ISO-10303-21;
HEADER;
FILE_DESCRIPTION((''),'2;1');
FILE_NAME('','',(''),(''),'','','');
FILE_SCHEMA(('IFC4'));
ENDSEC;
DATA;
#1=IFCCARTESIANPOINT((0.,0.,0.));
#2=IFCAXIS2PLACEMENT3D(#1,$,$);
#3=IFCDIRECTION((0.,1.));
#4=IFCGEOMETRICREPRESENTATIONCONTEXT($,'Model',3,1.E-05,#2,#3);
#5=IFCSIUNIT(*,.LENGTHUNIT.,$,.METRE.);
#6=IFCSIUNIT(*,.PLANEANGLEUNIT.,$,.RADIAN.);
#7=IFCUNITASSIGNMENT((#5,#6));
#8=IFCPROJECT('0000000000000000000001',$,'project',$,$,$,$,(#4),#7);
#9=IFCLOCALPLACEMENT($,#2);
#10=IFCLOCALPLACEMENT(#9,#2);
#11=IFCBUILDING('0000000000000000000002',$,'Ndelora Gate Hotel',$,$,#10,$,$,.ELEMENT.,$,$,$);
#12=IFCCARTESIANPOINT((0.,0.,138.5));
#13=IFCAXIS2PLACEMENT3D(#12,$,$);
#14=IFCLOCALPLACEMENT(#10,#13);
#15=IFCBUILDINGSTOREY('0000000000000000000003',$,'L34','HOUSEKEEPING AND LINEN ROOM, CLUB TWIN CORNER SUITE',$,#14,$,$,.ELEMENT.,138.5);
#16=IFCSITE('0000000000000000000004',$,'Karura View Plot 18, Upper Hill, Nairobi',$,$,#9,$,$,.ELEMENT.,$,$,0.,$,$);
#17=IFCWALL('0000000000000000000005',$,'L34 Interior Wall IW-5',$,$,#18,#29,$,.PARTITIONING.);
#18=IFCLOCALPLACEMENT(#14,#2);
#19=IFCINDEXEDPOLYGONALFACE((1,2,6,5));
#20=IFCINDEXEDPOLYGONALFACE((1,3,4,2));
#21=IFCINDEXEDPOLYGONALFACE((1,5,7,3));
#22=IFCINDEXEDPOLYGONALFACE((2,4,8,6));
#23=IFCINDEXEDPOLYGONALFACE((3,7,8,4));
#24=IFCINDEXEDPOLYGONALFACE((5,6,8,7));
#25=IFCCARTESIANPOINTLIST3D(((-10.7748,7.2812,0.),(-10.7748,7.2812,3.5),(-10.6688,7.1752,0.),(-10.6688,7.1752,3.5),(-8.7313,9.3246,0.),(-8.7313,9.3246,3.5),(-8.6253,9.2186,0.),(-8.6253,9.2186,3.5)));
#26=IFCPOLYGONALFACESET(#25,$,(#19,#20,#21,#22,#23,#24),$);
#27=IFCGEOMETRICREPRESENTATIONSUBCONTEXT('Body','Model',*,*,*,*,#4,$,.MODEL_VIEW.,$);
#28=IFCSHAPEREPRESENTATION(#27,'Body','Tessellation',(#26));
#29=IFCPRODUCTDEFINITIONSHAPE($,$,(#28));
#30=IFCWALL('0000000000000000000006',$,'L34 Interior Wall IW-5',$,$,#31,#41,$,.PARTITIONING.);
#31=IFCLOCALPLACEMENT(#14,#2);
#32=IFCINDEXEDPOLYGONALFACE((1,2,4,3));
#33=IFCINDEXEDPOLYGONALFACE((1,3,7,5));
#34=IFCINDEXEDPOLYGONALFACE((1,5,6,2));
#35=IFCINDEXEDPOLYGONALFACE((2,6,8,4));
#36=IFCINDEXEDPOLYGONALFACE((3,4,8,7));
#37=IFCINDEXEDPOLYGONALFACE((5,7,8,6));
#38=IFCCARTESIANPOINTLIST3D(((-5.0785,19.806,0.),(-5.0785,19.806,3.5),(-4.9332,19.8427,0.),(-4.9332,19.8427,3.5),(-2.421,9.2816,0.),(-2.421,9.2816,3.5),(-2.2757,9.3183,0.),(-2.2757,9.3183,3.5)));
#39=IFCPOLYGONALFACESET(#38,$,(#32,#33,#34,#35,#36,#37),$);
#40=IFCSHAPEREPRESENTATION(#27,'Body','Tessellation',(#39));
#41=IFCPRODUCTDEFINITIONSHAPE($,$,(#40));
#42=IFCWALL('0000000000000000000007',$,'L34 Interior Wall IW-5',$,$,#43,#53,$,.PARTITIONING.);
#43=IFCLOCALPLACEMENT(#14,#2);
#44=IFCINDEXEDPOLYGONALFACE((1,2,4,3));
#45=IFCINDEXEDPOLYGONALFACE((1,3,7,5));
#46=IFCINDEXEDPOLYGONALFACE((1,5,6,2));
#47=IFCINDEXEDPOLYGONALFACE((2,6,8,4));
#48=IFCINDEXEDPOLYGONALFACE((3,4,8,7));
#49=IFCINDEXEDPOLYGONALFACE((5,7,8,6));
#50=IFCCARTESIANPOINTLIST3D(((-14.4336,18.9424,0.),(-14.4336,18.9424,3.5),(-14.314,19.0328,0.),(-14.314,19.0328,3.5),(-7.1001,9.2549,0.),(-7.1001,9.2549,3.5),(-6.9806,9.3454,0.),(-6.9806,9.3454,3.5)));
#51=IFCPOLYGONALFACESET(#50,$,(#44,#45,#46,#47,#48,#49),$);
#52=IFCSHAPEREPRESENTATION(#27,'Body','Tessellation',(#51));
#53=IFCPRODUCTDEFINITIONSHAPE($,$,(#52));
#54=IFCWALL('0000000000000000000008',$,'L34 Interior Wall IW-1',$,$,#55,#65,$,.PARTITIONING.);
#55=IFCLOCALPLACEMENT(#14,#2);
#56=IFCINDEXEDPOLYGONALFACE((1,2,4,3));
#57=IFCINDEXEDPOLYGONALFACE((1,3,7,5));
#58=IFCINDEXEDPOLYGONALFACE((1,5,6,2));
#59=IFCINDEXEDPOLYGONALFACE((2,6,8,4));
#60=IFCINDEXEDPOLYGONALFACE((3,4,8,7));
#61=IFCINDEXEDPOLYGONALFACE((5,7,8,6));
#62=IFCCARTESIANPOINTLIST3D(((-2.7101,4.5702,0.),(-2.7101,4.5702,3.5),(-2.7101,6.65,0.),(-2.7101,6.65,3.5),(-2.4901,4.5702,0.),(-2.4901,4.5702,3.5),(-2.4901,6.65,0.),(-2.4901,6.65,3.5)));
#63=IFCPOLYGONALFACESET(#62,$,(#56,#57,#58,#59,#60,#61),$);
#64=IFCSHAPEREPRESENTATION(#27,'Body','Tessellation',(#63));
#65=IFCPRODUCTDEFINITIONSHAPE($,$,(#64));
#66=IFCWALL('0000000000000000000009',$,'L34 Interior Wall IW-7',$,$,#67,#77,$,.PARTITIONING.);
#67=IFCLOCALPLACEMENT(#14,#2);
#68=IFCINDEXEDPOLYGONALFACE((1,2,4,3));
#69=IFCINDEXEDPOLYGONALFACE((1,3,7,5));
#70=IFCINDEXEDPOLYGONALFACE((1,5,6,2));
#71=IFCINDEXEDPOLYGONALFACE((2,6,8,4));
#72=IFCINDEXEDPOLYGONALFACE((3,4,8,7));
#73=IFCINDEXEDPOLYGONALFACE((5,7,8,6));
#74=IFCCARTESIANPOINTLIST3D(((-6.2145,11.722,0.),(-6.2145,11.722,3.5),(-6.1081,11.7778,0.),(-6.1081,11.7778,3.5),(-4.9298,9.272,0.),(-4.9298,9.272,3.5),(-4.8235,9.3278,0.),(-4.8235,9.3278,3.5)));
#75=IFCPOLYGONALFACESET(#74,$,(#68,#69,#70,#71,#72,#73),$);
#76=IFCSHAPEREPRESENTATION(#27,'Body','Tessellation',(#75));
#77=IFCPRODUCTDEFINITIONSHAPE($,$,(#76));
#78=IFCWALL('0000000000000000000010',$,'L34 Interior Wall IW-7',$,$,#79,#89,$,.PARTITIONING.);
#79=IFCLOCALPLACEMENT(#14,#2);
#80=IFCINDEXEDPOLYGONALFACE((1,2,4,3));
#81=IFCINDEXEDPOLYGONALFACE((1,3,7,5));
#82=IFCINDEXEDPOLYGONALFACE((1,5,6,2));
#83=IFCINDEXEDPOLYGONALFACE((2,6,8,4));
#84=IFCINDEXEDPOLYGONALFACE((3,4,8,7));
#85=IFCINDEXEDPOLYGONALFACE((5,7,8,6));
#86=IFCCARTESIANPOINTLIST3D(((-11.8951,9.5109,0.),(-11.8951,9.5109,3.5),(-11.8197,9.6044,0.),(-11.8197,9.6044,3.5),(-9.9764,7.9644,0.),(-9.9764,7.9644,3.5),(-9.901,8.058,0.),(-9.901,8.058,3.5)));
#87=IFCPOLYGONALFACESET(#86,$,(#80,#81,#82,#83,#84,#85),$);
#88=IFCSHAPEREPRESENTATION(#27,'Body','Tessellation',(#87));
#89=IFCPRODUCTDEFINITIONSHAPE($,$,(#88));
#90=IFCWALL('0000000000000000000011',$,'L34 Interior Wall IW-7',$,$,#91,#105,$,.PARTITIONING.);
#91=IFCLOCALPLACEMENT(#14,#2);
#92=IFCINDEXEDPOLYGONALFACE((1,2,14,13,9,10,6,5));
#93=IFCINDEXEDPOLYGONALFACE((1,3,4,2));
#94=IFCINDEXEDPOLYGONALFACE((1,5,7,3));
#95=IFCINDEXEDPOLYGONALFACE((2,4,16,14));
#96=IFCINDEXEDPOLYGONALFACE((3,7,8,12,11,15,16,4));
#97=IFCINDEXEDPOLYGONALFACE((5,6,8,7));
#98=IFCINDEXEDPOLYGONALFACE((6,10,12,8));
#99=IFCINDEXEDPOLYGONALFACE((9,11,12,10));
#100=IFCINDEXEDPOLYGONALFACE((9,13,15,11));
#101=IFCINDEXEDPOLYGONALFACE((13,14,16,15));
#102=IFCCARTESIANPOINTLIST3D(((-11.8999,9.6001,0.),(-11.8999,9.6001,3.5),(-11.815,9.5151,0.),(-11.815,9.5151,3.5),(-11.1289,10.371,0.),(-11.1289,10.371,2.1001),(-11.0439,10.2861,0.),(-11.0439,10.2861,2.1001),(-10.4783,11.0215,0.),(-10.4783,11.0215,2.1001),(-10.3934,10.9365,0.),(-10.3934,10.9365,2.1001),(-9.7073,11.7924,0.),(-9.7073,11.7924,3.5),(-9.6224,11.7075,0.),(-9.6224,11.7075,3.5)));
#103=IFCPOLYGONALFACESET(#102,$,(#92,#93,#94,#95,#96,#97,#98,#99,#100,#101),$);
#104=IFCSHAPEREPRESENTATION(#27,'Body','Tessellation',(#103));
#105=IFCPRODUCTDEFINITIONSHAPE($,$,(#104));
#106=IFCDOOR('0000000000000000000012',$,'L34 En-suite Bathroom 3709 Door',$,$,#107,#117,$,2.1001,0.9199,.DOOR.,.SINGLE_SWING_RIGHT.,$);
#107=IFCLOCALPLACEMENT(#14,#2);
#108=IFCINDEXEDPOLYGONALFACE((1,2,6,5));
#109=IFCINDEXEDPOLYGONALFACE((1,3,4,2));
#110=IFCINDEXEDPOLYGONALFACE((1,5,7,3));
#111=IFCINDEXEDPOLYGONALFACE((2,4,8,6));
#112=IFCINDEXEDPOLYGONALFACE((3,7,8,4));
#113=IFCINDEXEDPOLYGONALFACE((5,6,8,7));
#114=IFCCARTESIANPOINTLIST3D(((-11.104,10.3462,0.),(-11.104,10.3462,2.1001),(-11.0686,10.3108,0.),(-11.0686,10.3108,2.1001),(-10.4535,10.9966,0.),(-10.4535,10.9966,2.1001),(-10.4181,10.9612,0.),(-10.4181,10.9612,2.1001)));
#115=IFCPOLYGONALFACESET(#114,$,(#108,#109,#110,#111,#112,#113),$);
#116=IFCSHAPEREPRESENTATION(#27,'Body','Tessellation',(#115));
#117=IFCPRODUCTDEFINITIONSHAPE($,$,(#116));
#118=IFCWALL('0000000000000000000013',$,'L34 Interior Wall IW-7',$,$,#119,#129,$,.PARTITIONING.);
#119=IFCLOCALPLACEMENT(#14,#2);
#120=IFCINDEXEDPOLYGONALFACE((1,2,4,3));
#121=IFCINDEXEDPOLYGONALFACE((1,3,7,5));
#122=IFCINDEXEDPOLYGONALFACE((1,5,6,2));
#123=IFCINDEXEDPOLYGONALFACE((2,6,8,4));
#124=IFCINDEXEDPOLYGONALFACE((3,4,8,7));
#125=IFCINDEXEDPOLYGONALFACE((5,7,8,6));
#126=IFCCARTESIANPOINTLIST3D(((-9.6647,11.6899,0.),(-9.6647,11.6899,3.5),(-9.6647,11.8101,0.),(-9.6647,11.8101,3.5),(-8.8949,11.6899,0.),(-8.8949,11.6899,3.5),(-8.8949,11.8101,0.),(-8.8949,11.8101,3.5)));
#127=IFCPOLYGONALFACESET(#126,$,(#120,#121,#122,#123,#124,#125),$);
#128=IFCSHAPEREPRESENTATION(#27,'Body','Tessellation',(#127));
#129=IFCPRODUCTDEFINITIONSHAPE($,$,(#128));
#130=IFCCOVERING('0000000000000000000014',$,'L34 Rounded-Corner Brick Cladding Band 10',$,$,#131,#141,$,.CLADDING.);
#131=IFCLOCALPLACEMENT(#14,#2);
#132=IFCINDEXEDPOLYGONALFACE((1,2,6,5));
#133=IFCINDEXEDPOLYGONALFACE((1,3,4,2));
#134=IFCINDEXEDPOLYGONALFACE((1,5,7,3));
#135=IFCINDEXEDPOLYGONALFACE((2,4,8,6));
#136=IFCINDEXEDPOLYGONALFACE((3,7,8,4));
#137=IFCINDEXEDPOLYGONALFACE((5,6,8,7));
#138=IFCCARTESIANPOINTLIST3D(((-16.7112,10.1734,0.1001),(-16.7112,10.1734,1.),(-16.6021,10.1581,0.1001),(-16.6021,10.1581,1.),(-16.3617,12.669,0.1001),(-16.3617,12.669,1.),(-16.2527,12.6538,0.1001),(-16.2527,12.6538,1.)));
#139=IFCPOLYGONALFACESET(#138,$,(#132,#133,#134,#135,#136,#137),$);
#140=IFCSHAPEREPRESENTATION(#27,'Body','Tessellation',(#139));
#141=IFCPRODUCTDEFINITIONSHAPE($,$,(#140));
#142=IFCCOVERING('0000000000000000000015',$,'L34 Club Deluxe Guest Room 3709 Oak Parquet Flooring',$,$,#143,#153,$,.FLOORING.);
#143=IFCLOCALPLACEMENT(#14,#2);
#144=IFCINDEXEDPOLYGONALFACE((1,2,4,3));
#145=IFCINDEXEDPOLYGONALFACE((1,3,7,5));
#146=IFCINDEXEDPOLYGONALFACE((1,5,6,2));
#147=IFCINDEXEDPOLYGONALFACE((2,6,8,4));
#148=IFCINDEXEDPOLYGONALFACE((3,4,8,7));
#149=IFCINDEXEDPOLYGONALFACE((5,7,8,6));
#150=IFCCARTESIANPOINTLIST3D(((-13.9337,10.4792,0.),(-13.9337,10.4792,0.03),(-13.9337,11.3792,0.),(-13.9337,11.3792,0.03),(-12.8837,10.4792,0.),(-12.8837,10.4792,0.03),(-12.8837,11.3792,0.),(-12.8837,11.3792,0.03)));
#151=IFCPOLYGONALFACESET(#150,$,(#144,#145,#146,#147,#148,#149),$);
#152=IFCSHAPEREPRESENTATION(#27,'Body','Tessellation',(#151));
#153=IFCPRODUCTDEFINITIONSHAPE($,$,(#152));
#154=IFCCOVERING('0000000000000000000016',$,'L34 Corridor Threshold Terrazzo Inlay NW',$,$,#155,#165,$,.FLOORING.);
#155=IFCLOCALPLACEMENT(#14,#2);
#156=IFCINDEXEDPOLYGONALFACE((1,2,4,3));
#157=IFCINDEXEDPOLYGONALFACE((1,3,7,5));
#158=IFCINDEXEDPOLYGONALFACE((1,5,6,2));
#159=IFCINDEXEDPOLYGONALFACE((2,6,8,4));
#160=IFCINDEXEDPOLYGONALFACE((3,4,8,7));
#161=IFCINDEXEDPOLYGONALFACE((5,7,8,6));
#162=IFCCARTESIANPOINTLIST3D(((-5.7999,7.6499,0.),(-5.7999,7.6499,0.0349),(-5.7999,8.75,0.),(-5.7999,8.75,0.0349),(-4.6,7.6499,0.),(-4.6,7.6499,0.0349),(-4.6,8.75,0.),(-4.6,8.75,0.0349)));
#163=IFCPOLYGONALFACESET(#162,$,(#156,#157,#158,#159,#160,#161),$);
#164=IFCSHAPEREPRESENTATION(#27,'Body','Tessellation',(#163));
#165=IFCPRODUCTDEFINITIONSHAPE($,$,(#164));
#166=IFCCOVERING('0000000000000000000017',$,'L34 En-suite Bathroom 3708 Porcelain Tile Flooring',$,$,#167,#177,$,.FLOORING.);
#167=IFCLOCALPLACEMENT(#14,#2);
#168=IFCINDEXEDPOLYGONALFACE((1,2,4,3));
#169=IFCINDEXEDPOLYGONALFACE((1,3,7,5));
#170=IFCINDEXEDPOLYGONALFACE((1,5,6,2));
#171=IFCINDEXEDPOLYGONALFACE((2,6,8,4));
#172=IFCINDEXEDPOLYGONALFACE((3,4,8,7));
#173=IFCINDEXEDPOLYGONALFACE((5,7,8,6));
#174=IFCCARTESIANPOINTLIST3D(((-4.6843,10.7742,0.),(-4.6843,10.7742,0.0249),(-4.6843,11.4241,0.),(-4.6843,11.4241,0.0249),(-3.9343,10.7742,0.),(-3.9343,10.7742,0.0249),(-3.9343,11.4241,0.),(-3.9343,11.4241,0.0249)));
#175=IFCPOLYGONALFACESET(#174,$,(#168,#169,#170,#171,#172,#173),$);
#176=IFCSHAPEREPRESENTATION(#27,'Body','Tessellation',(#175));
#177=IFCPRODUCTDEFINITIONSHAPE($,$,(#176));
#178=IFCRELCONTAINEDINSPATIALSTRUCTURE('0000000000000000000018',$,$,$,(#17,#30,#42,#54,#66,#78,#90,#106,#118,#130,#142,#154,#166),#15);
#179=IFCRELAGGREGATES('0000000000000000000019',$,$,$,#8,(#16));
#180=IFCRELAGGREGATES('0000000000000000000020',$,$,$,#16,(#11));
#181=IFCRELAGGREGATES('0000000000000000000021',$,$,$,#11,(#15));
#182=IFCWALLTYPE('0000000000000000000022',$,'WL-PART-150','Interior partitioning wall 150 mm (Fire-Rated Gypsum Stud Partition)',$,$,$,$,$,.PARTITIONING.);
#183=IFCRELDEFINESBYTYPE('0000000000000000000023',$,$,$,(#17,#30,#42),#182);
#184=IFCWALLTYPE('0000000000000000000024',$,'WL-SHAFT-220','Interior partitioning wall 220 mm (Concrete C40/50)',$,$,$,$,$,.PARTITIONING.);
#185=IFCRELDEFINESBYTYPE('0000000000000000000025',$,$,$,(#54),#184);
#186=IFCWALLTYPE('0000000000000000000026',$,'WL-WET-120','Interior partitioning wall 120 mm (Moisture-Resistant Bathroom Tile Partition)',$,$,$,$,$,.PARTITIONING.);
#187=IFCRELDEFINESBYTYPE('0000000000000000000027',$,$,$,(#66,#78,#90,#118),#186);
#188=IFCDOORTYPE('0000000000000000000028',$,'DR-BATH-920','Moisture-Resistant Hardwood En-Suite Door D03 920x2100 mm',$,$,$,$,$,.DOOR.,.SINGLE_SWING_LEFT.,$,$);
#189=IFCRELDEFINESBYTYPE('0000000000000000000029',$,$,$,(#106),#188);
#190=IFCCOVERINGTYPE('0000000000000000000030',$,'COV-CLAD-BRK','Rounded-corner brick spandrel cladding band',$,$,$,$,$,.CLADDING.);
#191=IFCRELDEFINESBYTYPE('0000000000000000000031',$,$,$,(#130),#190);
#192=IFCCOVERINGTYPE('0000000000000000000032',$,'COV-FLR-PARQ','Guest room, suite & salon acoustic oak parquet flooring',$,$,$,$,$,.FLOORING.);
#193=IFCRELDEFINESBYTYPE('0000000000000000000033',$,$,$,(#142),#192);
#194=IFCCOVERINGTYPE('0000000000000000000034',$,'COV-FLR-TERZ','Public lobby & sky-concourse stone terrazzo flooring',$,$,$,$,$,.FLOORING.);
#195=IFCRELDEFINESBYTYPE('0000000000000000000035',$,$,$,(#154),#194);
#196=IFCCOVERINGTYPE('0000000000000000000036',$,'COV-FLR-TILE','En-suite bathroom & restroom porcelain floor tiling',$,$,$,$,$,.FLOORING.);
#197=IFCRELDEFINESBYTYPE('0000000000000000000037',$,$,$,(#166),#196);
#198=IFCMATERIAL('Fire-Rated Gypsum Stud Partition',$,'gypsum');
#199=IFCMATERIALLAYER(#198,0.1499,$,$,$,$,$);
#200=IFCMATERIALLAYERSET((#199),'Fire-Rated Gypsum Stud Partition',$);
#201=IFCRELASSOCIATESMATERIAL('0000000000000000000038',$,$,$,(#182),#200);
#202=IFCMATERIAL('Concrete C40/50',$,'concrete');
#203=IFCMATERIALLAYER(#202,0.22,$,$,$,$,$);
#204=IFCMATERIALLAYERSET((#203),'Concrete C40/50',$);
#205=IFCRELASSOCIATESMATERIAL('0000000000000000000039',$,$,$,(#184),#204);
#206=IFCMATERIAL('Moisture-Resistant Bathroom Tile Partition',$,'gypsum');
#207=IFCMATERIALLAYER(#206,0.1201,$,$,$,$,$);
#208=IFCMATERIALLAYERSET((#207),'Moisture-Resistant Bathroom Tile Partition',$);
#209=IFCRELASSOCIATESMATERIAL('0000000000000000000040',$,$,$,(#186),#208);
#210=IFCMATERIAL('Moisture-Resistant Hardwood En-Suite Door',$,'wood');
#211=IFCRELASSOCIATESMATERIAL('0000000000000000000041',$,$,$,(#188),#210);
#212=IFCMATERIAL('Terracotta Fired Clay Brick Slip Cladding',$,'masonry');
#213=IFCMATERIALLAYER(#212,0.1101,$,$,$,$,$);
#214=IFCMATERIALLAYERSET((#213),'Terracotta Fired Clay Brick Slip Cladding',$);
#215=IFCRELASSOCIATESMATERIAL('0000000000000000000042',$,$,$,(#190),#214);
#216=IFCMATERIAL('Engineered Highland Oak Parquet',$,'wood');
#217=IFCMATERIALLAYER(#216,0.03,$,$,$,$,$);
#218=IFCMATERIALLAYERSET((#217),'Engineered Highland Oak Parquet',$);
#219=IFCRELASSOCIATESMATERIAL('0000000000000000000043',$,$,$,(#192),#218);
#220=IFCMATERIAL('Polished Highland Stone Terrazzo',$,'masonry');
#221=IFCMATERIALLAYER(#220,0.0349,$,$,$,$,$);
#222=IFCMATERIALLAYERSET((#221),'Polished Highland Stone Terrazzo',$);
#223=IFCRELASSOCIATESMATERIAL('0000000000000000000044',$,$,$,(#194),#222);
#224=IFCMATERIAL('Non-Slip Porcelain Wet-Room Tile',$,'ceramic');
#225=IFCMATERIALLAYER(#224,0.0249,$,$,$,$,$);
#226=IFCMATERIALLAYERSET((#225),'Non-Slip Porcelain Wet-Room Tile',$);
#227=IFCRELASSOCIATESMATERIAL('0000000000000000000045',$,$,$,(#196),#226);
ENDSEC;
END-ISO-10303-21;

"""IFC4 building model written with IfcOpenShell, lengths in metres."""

from ifc_helpers import new_model, si_unit, direction, frame, frame_2d, origin, origin_2d, place, context, subcontext, project, spatial, rectangle, extrude, material, layer, layer_set, type_object, element, fill, save


model = new_model("IFC4")

# Units and contexts
model_context = context("Model", 3, precision=1e-05, world=origin(), true_north=direction((0.0, 1.0)))
body_context = subcontext(model_context, "Body", "Model", "MODEL_VIEW")
ifc_project = project(units=[si_unit("LENGTHUNIT", "METRE"), si_unit("PLANEANGLEUNIT", "RADIAN")], contexts=[model_context])

# Site, building, storey
site_placement = place(None, origin())
site = spatial("IfcSite", under=ifc_project, at=site_placement, Name="Karura View Plot 18, Upper Hill, Nairobi", CompositionType="ELEMENT", RefElevation=0.0)
building_placement = place(site_placement, origin())
building = spatial("IfcBuilding", under=site, at=building_placement, Name="Ndelora Gate Hotel", CompositionType="ELEMENT")
storey_placement = place(building_placement, frame((0.0, 0.0, 138.5)))
storey = spatial("IfcBuildingStorey", under=building, at=storey_placement, Name="L34", Description="HOUSEKEEPING AND LINEN ROOM, CLUB TWIN CORNER SUITE", CompositionType="ELEMENT", Elevation=138.5)

# Shared definitions
ifc_material_1 = material(Name="Fire-Rated Gypsum Stud Partition", Category="gypsum")
ifc_layer_1 = layer(ifc_material_1, 0.1499)
ifc_layer_set_1 = layer_set([ifc_layer_1], Name="Fire-Rated Gypsum Stud Partition")
wall_type_1 = type_object("IfcWallType", Name="WL-PART-150", Description="Interior partitioning wall 150 mm (Fire-Rated Gypsum Stud Partition)", PredefinedType="PARTITIONING", material=ifc_layer_set_1)

# Walls
wall_1_placement = place(storey_placement, frame((-10.7217, 7.2283, 0.0), z_axis=(0.0, 0.0, 1.0), x_axis=(0.707107, 0.707107, 0.0)))
element("IfcWall", 1, at=wall_1_placement, inside=storey, type_object=wall_type_1, Name="L34 Interior Wall IW-5", PredefinedType="PARTITIONING", context=body_context, shape_type="SweptSolid", body=[
    extrude(rectangle(XDim=2.8899, YDim=0.1499, at=frame_2d((1.4448, 0.0))), origin(), (0.0, 0.0, 1.0), 3.5),
])
wall_2_placement = place(storey_placement, frame((-2.3484, 9.3, 0.0), z_axis=(0.0, 0.0, 1.0), x_axis=(-0.244821, 0.969568, 0.0)))
element("IfcWall", 2, at=wall_2_placement, inside=storey, type_object=wall_type_1, Name="L34 Interior Wall IW-5", PredefinedType="PARTITIONING", context=body_context, shape_type="SweptSolid", body=[
    extrude(rectangle(XDim=10.8547, YDim=0.1499, at=frame_2d((5.4272, 0.0))), origin(), (0.0, 0.0, 1.0), 3.5),
])
wall_3_placement = place(storey_placement, frame((-7.0403, 9.3, 0.0), z_axis=(0.0, 0.0, 1.0), x_axis=(-0.603569, 0.797311, 0.0)))
element("IfcWall", 3, at=wall_3_placement, inside=storey, type_object=wall_type_1, Name="L34 Interior Wall IW-5", PredefinedType="PARTITIONING", context=body_context, shape_type="SweptSolid", body=[
    extrude(rectangle(XDim=12.1501, YDim=0.1499, at=frame_2d((6.0752, 0.0))), origin(), (0.0, 0.0, 1.0), 3.5),
])
ifc_material_2 = material(Name="Concrete C40/50", Category="concrete")
ifc_layer_2 = layer(ifc_material_2, 0.22)
ifc_layer_set_2 = layer_set([ifc_layer_2], Name="Concrete C40/50")
wall_type_2 = type_object("IfcWallType", Name="WL-SHAFT-220", Description="Interior partitioning wall 220 mm (Concrete C40/50)", PredefinedType="PARTITIONING", material=ifc_layer_set_2)
wall_4_placement = place(storey_placement, frame((-2.6001, 4.5701, 0.0), z_axis=(0.0, 0.0, 1.0), x_axis=(0.0, 1.0, 0.0)))
element("IfcWall", 4, at=wall_4_placement, inside=storey, type_object=wall_type_2, Name="L34 Interior Wall IW-1", PredefinedType="PARTITIONING", context=body_context, shape_type="SweptSolid", body=[
    extrude(rectangle(XDim=2.0798, YDim=0.22, at=frame_2d((1.04, 0.0))), origin(), (0.0, 0.0, 1.0), 3.5),
])
ifc_material_3 = material(Name="Moisture-Resistant Bathroom Tile Partition", Category="gypsum")
ifc_layer_3 = layer(ifc_material_3, 0.1201)
ifc_layer_set_3 = layer_set([ifc_layer_3], Name="Moisture-Resistant Bathroom Tile Partition")
wall_type_3 = type_object("IfcWallType", Name="WL-WET-120", Description="Interior partitioning wall 120 mm (Moisture-Resistant Bathroom Tile Partition)", PredefinedType="PARTITIONING", material=ifc_layer_set_3)
wall_5_placement = place(storey_placement, frame((-6.1614, 11.75, 0.0), z_axis=(0.0, 0.0, 1.0), x_axis=(0.464393, -0.885629, 0.0)))
element("IfcWall", 5, at=wall_5_placement, inside=storey, type_object=wall_type_3, Name="L34 Interior Wall IW-7", PredefinedType="PARTITIONING", context=body_context, shape_type="SweptSolid", body=[
    extrude(rectangle(XDim=2.7664, YDim=0.1201, at=frame_2d((1.3833, 0.0))), origin(), (0.0, 0.0, 1.0), 3.5),
])
wall_6_placement = place(storey_placement, frame((-11.8574, 9.5576, 0.0), z_axis=(0.0, 0.0, 1.0), x_axis=(0.778602, -0.627518, 0.0)))
element("IfcWall", 6, at=wall_6_placement, inside=storey, type_object=wall_type_3, Name="L34 Interior Wall IW-7", PredefinedType="PARTITIONING", context=body_context, shape_type="SweptSolid", body=[
    extrude(rectangle(XDim=2.4644, YDim=0.1201, at=frame_2d((1.2322, 0.0))), origin(), (0.0, 0.0, 1.0), 3.5),
])

# Wall, opening, door
wall_7_placement = place(storey_placement, frame((-11.8574, 9.5576, 0.0), z_axis=(0.0, 0.0, 1.0), x_axis=(0.707146, 0.707067, 0.0)))
wall_7 = element("IfcWall", 7, at=wall_7_placement, inside=storey, type_object=wall_type_3, Name="L34 Interior Wall IW-7", PredefinedType="PARTITIONING", context=body_context, shape_type="SweptSolid", body=[
    extrude(rectangle(XDim=3.1006, YDim=0.1201, at=frame_2d((1.5503, 0.0))), origin(), (0.0, 0.0, 1.0), 3.5),
])
opening_1_placement = place(wall_7_placement, frame((1.0903, 0.0, 0.0)))
opening_1 = element("IfcOpeningElement", 8, at=opening_1_placement, cuts=wall_7, PredefinedType="OPENING", context=body_context, shape_type="SweptSolid", body=[
    extrude(rectangle(XDim=0.9199, YDim=2.1001, at=frame_2d((0.46, 1.05))), frame((0.0, 0.0701, 0.0), z_axis=(0.0, -1.0, 0.0), x_axis=(1.0, 0.0, 0.0)), (0.0, 0.0, 1.0), 0.1401),
])
ifc_material_4 = material(Name="Moisture-Resistant Hardwood En-Suite Door", Category="wood")
door_type_1 = type_object("IfcDoorType", Name="DR-BATH-920", Description="Moisture-Resistant Hardwood En-Suite Door D03 920x2100 mm", OperationType="SINGLE_SWING_LEFT", PredefinedType="DOOR", material=ifc_material_4)
door_1_placement = place(opening_1_placement, origin())
door_1 = element("IfcDoor", 9, at=door_1_placement, inside=storey, type_object=door_type_1, Name="L34 En-suite Bathroom 3709 Door", OperationType="SINGLE_SWING_RIGHT", OverallHeight=2.1001, OverallWidth=0.9199, PredefinedType="DOOR", context=body_context, shape_type="SweptSolid", body=[
    extrude(rectangle(XDim=0.9199, YDim=2.1001, at=frame_2d((0.46, 1.05))), frame((0.0, 0.0249, 0.0), z_axis=(0.0, -1.0, 0.0), x_axis=(1.0, 0.0, 0.0)), (0.0, 0.0, 1.0), 0.05),
])
fill(opening_1, door_1)

# Wall
wall_8_placement = place(storey_placement, frame((-8.895, 11.75, 0.0), z_axis=(0.0, 0.0, 1.0), x_axis=(-1.0, 0.0, 0.0)))
element("IfcWall", 10, at=wall_8_placement, inside=storey, type_object=wall_type_3, Name="L34 Interior Wall IW-7", PredefinedType="PARTITIONING", context=body_context, shape_type="SweptSolid", body=[
    extrude(rectangle(XDim=0.7698, YDim=0.1201, at=frame_2d((0.3848, 0.0))), origin(), (0.0, 0.0, 1.0), 3.5),
])

# Coverings
ifc_material_5 = material(Name="Terracotta Fired Clay Brick Slip Cladding", Category="masonry")
ifc_layer_4 = layer(ifc_material_5, 0.1101)
ifc_layer_set_4 = layer_set([ifc_layer_4], Name="Terracotta Fired Clay Brick Slip Cladding")
covering_type_1 = type_object("IfcCoveringType", Name="COV-CLAD-BRK", Description="Rounded-corner brick spandrel cladding band", PredefinedType="CLADDING", material=ifc_layer_set_4)
covering_1_placement = place(storey_placement, frame((-16.4819, 11.4136, 0.1001), z_axis=(0.0, 0.0, 1.0), x_axis=(0.138655, 0.990341, 0.0)))
element("IfcCovering", 11, at=covering_1_placement, inside=storey, type_object=covering_type_1, Name="L34 Rounded-Corner Brick Cladding Band 10", PredefinedType="CLADDING", context=body_context, shape_type="SweptSolid", body=[
    extrude(rectangle(XDim=2.52, YDim=0.1101, at=origin_2d()), origin(), (0.0, 0.0, 1.0), 0.8999),
])
ifc_material_6 = material(Name="Engineered Highland Oak Parquet", Category="wood")
ifc_layer_5 = layer(ifc_material_6, 0.03)
ifc_layer_set_5 = layer_set([ifc_layer_5], Name="Engineered Highland Oak Parquet")
covering_type_2 = type_object("IfcCoveringType", Name="COV-FLR-PARQ", Description="Guest room, suite & salon acoustic oak parquet flooring", PredefinedType="FLOORING", material=ifc_layer_set_5)
covering_2_placement = place(storey_placement, frame((-13.4087, 10.9292, 0.0), z_axis=(0.0, 0.0, 1.0), x_axis=(1.0, 0.0, 0.0)))
element("IfcCovering", 12, at=covering_2_placement, inside=storey, type_object=covering_type_2, Name="L34 Club Deluxe Guest Room 3709 Oak Parquet Flooring", PredefinedType="FLOORING", context=body_context, shape_type="SweptSolid", body=[
    extrude(rectangle(XDim=1.05, YDim=0.8999, at=origin_2d()), origin(), (0.0, 0.0, 1.0), 0.03),
])
ifc_material_7 = material(Name="Polished Highland Stone Terrazzo", Category="masonry")
ifc_layer_6 = layer(ifc_material_7, 0.0349)
ifc_layer_set_6 = layer_set([ifc_layer_6], Name="Polished Highland Stone Terrazzo")
covering_type_3 = type_object("IfcCoveringType", Name="COV-FLR-TERZ", Description="Public lobby & sky-concourse stone terrazzo flooring", PredefinedType="FLOORING", material=ifc_layer_set_6)
covering_3_placement = place(storey_placement, frame((-5.2, 8.2, 0.0), z_axis=(0.0, 0.0, 1.0), x_axis=(1.0, 0.0, 0.0)))
element("IfcCovering", 13, at=covering_3_placement, inside=storey, type_object=covering_type_3, Name="L34 Corridor Threshold Terrazzo Inlay NW", PredefinedType="FLOORING", context=body_context, shape_type="SweptSolid", body=[
    extrude(rectangle(XDim=1.2, YDim=1.1001, at=origin_2d()), origin(), (0.0, 0.0, 1.0), 0.0349),
])
ifc_material_8 = material(Name="Non-Slip Porcelain Wet-Room Tile", Category="ceramic")
ifc_layer_7 = layer(ifc_material_8, 0.0249)
ifc_layer_set_7 = layer_set([ifc_layer_7], Name="Non-Slip Porcelain Wet-Room Tile")
covering_type_4 = type_object("IfcCoveringType", Name="COV-FLR-TILE", Description="En-suite bathroom & restroom porcelain floor tiling", PredefinedType="FLOORING", material=ifc_layer_set_7)
for number, where, z_axis, x_axis, name in (
    (14, (-4.3093, 11.0991, 0.0), (0.0, 0.0, 1.0), (1.0, 0.0, 0.0), "L34 En-suite Bathroom 3708 Porcelain Tile Flooring"),
):
    element("IfcCovering", number, at=place(storey_placement, frame(where, z_axis=z_axis, x_axis=x_axis)), inside=storey, type_object=covering_type_4, Name=name, PredefinedType="FLOORING", context=body_context, shape_type="SweptSolid", body=[
        extrude(rectangle(XDim=0.75, YDim=0.6499, at=origin_2d()), origin(), (0.0, 0.0, 1.0), 0.0249),
    ])

save(model, "model.ifc")
